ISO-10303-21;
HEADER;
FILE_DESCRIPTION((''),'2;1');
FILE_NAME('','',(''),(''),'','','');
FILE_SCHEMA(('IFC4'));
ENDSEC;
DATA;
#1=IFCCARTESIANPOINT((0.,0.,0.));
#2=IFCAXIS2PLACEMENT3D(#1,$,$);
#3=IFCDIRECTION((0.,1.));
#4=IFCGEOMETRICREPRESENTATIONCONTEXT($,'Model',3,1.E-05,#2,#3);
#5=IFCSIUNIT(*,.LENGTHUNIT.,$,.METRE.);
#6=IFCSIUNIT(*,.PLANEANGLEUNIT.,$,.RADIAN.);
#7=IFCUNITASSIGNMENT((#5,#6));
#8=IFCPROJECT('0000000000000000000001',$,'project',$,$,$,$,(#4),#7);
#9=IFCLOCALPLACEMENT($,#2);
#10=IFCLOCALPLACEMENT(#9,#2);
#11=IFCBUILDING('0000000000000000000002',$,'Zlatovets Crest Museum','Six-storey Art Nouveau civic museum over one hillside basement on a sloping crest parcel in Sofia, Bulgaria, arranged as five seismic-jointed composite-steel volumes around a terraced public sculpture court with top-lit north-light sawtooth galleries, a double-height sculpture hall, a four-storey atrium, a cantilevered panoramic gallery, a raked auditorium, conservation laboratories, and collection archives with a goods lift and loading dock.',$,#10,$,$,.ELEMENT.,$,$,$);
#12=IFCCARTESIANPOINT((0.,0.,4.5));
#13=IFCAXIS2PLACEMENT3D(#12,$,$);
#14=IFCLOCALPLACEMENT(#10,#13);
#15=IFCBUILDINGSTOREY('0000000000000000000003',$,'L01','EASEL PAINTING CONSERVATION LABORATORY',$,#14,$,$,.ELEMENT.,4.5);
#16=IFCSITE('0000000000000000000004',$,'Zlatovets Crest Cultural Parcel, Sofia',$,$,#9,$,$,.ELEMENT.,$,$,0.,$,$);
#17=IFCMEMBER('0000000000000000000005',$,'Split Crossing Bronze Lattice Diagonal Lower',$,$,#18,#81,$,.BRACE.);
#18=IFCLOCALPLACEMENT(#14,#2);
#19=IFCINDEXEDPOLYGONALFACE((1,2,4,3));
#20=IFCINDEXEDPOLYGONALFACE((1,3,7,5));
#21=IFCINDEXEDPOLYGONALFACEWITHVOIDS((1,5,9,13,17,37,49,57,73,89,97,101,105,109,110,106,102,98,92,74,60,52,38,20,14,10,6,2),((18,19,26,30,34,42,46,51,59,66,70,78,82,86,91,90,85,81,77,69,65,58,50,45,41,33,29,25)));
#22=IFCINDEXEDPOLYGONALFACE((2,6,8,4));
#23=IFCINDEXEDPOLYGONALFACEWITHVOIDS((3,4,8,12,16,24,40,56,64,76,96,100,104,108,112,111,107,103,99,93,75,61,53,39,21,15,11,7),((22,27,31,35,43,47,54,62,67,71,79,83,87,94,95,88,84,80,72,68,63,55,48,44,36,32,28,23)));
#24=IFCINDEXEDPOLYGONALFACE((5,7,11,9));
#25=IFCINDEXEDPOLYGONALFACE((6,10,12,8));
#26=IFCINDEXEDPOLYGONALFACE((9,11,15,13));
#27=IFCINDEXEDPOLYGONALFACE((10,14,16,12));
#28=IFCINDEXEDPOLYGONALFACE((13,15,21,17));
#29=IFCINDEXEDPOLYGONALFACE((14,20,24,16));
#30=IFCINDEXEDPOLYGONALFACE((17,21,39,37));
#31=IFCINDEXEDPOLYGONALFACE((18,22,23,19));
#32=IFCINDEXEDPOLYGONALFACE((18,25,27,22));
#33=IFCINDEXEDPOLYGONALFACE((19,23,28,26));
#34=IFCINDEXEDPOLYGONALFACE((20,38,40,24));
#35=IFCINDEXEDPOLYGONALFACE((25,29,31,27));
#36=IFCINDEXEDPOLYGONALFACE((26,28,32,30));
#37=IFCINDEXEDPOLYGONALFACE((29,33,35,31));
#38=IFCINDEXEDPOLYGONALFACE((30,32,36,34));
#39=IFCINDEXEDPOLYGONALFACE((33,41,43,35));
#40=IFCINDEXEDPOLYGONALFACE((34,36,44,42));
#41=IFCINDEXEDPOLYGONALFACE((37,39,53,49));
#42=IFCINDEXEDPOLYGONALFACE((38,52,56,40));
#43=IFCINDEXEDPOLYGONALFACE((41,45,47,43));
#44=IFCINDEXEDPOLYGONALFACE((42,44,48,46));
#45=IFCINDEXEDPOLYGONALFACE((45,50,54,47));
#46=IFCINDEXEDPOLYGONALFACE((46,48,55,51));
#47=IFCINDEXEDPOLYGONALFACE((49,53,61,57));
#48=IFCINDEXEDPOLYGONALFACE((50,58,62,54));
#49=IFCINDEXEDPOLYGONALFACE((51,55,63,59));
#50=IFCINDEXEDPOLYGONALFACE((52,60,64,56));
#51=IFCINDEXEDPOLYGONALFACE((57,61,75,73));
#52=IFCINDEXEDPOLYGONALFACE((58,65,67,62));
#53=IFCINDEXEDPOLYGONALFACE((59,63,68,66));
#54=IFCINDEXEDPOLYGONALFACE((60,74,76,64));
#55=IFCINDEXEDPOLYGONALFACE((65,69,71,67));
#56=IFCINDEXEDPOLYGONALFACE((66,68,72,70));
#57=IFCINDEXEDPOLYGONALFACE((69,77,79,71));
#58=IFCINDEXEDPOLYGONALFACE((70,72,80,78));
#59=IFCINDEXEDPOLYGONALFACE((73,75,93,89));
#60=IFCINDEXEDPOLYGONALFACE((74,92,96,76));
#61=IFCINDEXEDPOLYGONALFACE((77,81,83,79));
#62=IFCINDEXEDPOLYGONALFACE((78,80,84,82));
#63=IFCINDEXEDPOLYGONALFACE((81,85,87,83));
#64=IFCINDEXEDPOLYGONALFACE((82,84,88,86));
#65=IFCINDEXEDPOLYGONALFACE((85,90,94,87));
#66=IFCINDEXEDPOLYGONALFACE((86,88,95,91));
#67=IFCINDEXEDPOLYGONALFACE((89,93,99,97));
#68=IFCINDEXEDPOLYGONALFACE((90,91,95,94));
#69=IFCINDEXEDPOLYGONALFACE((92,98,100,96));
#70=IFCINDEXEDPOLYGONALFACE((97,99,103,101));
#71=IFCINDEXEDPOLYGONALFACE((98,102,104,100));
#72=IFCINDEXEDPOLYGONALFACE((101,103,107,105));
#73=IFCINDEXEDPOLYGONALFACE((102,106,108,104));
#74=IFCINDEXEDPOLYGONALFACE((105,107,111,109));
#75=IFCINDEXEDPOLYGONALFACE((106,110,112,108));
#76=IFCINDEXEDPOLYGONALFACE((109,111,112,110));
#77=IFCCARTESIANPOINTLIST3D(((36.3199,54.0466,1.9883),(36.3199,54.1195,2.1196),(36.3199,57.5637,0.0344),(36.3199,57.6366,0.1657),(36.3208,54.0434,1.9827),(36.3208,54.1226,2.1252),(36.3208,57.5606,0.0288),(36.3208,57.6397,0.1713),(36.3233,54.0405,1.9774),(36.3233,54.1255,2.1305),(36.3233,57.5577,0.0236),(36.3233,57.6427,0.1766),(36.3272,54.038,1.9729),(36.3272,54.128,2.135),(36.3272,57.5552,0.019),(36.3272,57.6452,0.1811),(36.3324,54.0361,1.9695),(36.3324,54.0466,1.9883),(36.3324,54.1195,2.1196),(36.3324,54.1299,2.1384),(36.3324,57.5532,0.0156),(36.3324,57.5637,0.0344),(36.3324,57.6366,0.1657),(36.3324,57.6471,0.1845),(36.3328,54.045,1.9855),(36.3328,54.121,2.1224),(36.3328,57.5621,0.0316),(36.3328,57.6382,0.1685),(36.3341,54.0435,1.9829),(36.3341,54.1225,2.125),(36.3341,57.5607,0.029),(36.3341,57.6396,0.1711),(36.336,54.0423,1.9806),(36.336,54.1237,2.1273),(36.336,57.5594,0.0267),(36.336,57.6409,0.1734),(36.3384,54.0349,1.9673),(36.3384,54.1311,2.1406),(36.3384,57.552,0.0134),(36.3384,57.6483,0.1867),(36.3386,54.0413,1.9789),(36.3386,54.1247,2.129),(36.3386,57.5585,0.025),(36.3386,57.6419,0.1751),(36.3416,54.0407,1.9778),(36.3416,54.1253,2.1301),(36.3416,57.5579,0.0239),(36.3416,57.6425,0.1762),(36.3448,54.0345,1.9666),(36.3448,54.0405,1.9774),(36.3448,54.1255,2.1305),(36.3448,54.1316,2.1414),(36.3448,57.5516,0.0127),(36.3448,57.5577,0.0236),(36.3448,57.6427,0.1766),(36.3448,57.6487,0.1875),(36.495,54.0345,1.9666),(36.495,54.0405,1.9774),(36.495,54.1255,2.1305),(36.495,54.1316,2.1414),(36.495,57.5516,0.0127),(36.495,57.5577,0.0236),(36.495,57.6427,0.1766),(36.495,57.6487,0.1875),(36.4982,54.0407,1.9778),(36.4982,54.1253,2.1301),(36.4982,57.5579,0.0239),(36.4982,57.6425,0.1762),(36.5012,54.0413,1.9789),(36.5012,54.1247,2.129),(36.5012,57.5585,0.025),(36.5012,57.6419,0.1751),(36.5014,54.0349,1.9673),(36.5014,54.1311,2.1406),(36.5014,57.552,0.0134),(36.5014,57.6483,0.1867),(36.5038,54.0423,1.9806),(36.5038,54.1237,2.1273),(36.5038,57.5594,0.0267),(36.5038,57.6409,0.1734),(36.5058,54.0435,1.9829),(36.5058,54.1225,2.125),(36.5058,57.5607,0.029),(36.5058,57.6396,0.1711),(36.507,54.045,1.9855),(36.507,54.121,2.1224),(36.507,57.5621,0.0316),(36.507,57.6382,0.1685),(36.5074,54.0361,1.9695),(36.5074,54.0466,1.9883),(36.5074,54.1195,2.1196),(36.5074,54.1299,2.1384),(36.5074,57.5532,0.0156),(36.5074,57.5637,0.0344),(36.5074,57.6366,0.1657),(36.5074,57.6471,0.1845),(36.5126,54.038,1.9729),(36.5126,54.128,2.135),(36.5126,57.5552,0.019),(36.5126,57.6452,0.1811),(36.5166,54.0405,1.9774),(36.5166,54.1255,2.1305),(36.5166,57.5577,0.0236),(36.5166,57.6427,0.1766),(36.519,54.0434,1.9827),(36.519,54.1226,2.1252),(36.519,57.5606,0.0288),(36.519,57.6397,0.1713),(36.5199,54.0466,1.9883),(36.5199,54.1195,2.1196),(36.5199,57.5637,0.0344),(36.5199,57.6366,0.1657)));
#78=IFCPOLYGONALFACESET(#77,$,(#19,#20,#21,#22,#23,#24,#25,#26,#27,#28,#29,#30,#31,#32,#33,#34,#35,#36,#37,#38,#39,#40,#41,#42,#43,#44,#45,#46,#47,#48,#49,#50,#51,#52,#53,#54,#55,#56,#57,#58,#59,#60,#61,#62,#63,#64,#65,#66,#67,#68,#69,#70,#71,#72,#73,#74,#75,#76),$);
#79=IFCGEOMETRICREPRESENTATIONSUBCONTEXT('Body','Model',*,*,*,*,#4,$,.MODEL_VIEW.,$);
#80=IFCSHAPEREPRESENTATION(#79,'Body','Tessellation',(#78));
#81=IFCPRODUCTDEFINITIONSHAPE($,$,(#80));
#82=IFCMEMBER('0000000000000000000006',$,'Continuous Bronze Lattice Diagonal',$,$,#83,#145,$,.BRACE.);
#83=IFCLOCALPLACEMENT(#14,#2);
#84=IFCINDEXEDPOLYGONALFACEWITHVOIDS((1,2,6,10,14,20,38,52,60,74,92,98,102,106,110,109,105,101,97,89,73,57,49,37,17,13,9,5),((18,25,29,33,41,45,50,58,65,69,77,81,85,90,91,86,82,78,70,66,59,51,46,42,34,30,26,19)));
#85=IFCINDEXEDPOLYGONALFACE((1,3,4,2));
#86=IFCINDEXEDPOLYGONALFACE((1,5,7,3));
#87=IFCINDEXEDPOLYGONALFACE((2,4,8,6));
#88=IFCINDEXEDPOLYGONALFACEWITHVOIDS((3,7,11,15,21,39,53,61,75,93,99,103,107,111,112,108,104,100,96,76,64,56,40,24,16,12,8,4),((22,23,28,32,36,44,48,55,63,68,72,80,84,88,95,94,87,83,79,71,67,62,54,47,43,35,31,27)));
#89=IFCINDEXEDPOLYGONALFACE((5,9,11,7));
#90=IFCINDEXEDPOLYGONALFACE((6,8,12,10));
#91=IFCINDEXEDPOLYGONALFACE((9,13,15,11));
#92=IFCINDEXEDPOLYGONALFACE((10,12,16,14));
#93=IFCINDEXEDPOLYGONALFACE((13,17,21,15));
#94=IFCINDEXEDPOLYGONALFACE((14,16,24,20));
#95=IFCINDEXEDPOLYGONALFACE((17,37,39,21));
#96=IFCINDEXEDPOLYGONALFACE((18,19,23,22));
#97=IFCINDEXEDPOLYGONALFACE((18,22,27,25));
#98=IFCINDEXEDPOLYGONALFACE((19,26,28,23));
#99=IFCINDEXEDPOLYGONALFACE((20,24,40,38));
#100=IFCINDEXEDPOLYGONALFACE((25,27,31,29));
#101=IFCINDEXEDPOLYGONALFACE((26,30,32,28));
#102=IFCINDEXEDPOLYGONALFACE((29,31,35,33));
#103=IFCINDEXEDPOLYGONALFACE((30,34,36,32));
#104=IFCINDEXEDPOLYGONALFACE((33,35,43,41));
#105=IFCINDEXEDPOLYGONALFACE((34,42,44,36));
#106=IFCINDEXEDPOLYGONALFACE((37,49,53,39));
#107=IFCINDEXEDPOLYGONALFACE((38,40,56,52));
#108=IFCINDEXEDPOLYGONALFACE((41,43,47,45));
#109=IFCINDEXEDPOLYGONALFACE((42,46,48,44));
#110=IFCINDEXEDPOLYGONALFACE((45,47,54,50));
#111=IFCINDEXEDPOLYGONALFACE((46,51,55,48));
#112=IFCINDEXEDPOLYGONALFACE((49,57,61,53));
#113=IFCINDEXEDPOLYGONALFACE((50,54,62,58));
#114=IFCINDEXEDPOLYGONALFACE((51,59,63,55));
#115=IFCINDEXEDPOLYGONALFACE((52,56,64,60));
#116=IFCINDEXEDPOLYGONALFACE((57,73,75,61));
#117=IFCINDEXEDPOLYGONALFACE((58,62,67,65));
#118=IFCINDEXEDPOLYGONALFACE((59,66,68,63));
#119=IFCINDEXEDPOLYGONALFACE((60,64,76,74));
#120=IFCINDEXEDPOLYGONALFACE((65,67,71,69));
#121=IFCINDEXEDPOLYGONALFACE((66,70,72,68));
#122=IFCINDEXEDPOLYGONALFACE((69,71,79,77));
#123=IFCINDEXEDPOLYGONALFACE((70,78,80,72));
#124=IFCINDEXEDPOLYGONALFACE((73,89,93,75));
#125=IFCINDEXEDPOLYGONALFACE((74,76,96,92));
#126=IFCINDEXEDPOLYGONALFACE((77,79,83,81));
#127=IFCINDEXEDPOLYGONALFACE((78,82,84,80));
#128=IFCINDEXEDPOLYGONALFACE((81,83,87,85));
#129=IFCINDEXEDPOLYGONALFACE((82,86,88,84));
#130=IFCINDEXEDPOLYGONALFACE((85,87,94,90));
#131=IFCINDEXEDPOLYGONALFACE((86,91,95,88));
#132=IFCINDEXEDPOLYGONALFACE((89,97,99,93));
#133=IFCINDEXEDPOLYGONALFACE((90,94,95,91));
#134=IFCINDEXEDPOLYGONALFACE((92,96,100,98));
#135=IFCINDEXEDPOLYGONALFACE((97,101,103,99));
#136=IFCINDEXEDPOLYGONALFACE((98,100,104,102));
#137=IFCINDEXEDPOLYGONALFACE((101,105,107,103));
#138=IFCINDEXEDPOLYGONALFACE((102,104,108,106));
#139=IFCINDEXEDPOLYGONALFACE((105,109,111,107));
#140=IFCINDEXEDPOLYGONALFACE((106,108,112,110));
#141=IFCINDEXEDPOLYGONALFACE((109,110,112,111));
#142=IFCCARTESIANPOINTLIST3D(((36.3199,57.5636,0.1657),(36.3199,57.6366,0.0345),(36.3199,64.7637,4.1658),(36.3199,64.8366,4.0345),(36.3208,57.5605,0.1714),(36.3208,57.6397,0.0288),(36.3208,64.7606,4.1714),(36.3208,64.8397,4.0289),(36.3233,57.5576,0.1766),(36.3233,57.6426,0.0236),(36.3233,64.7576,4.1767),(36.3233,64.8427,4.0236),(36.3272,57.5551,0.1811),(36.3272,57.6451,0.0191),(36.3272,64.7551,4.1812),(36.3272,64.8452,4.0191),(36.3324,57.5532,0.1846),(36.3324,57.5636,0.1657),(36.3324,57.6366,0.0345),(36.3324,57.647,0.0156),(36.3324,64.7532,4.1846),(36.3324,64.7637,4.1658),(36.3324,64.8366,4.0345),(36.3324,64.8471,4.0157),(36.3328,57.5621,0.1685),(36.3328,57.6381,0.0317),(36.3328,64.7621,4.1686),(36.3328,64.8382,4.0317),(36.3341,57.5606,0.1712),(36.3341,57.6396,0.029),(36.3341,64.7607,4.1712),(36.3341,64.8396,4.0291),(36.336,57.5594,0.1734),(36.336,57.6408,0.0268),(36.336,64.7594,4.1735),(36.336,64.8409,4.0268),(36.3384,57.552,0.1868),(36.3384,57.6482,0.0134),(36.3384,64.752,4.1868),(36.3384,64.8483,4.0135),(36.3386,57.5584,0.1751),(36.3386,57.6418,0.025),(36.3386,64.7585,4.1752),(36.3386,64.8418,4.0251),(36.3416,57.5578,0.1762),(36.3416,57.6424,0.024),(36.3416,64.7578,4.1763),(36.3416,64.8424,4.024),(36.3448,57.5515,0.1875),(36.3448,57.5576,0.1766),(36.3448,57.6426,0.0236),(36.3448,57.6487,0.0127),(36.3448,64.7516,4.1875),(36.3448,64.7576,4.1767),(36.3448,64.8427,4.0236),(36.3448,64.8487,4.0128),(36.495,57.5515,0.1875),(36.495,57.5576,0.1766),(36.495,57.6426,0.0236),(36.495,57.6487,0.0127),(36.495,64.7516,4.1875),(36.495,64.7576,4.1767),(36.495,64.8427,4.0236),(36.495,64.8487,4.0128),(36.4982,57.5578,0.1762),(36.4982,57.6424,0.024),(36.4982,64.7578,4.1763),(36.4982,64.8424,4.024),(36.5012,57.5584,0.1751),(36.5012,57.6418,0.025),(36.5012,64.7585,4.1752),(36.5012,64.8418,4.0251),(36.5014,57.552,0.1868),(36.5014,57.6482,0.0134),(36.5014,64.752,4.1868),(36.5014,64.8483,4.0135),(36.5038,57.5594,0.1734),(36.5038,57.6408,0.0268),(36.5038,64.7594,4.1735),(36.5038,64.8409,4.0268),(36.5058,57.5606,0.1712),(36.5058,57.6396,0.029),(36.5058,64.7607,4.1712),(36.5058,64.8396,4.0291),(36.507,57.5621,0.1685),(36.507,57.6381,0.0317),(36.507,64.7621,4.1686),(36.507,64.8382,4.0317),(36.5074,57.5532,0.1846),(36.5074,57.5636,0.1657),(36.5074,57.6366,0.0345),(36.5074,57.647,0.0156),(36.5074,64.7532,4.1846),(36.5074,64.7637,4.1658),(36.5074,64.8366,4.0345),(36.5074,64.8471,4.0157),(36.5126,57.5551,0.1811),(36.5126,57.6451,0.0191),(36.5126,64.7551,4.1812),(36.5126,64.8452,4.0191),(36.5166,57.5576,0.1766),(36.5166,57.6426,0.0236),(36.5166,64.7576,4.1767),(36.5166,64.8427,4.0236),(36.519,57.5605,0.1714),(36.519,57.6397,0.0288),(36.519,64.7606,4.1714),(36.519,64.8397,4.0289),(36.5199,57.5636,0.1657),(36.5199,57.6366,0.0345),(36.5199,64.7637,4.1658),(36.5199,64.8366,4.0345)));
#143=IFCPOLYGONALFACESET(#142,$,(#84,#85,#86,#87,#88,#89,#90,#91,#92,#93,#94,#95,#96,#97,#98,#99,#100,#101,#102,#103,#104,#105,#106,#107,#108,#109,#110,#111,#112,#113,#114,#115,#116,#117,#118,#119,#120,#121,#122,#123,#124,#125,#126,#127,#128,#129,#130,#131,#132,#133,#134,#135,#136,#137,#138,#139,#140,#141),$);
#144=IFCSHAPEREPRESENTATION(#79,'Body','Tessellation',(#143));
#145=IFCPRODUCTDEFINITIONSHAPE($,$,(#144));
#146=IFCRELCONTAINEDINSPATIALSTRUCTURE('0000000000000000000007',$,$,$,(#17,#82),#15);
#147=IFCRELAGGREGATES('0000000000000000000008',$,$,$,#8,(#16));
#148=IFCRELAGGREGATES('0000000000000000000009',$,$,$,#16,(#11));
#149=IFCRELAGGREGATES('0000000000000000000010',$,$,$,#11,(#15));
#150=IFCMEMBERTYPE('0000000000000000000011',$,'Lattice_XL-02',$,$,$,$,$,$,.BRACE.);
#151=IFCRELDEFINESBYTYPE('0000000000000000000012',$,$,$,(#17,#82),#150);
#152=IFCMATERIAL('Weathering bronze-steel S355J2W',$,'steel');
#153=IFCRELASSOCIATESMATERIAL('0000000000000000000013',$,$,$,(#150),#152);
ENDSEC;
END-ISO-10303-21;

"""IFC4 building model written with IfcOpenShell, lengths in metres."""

from ifc_helpers import new_model, si_unit, direction, frame, origin, origin_2d, place, context, subcontext, project, spatial, hollow_rectangle, extrude, material, material_profile, profile_set, type_object, element, save


model = new_model("IFC4")

# Units and contexts
model_context = context("Model", 3, precision=1e-05, world=origin(), true_north=direction((0.0, 1.0)))
body_context = subcontext(model_context, "Body", "Model", "MODEL_VIEW")
ifc_project = project(units=[si_unit("LENGTHUNIT", "METRE"), si_unit("PLANEANGLEUNIT", "RADIAN")], contexts=[model_context])

# Site, building, storey
site_placement = place(None, origin())
site = spatial("IfcSite", under=ifc_project, at=site_placement, Name="Zlatovets Crest Cultural Parcel, Sofia", CompositionType="ELEMENT", RefElevation=0.0)
building_placement = place(site_placement, origin())
building = spatial("IfcBuilding", under=site, at=building_placement, Name="Zlatovets Crest Museum", Description="Six-storey Art Nouveau civic museum over one hillside basement on a sloping crest parcel in Sofia, Bulgaria, arranged as five seismic-jointed composite-steel volumes around a terraced public sculpture court with top-lit north-light sawtooth galleries, a double-height sculpture hall, a four-storey atrium, a cantilevered panoramic gallery, a raked auditorium, conservation laboratories, and collection archives with a goods lift and loading dock.", CompositionType="ELEMENT")
storey_placement = place(building_placement, frame((0.0, 0.0, 4.5)))
storey = spatial("IfcBuildingStorey", under=building, at=storey_placement, Name="L01", Description="EASEL PAINTING CONSERVATION LABORATORY", CompositionType="ELEMENT", Elevation=4.5)

# Members
ifc_material_1 = material(Name="Weathering bronze-steel S355J2W", Category="steel")
ifc_material_profile_1 = material_profile(ifc_material_1, hollow_rectangle(XDim=0.2, YDim=0.2, WallThickness=0.0125, InnerFilletRadius=0.0125, OuterFilletRadius=0.0249, at=origin_2d()), Name="SHS 200x200x12.5")
ifc_profile_set_1 = profile_set([ifc_material_profile_1], Name="Weathering bronze-steel S355J2W")
member_type_1 = type_object("IfcMemberType", Name="Lattice_XL-02", PredefinedType="BRACE", material=ifc_profile_set_1)
for number, where, z_axis, x_axis, name in (
    (1, (36.4199, 54.083, 2.054), (0.0, 0.874166, -0.485627), (-1.0, 0.0, 0.0), "Split Crossing Bronze Lattice Diagonal Lower"),
):
    element("IfcMember", number, at=place(storey_placement, frame(where, z_axis=z_axis, x_axis=x_axis)), inside=storey, type_object=member_type_1, Name=name, PredefinedType="BRACE", context=body_context, shape_type="SweptSolid", body=[
        extrude(hollow_rectangle(XDim=0.2, YDim=0.2, WallThickness=0.0125, InnerFilletRadius=0.0125, OuterFilletRadius=0.0249, at=origin_2d()), origin(), (0.0, 0.0, 1.0), 4.0234),
    ])
member_1_placement = place(storey_placement, frame((36.4199, 57.6001, 0.1001), z_axis=(0.0, 0.874156, 0.485645), x_axis=(-1.0, 0.0, 0.0)))
element("IfcMember", 2, at=member_1_placement, inside=storey, type_object=member_type_1, Name="Continuous Bronze Lattice Diagonal", PredefinedType="BRACE", context=body_context, shape_type="SweptSolid", body=[
    extrude(hollow_rectangle(XDim=0.2, YDim=0.2, WallThickness=0.0125, InnerFilletRadius=0.0125, OuterFilletRadius=0.0249, at=origin_2d()), origin(), (0.0, 0.0, 1.0), 8.2366),
])

save(model, "model.ifc")
